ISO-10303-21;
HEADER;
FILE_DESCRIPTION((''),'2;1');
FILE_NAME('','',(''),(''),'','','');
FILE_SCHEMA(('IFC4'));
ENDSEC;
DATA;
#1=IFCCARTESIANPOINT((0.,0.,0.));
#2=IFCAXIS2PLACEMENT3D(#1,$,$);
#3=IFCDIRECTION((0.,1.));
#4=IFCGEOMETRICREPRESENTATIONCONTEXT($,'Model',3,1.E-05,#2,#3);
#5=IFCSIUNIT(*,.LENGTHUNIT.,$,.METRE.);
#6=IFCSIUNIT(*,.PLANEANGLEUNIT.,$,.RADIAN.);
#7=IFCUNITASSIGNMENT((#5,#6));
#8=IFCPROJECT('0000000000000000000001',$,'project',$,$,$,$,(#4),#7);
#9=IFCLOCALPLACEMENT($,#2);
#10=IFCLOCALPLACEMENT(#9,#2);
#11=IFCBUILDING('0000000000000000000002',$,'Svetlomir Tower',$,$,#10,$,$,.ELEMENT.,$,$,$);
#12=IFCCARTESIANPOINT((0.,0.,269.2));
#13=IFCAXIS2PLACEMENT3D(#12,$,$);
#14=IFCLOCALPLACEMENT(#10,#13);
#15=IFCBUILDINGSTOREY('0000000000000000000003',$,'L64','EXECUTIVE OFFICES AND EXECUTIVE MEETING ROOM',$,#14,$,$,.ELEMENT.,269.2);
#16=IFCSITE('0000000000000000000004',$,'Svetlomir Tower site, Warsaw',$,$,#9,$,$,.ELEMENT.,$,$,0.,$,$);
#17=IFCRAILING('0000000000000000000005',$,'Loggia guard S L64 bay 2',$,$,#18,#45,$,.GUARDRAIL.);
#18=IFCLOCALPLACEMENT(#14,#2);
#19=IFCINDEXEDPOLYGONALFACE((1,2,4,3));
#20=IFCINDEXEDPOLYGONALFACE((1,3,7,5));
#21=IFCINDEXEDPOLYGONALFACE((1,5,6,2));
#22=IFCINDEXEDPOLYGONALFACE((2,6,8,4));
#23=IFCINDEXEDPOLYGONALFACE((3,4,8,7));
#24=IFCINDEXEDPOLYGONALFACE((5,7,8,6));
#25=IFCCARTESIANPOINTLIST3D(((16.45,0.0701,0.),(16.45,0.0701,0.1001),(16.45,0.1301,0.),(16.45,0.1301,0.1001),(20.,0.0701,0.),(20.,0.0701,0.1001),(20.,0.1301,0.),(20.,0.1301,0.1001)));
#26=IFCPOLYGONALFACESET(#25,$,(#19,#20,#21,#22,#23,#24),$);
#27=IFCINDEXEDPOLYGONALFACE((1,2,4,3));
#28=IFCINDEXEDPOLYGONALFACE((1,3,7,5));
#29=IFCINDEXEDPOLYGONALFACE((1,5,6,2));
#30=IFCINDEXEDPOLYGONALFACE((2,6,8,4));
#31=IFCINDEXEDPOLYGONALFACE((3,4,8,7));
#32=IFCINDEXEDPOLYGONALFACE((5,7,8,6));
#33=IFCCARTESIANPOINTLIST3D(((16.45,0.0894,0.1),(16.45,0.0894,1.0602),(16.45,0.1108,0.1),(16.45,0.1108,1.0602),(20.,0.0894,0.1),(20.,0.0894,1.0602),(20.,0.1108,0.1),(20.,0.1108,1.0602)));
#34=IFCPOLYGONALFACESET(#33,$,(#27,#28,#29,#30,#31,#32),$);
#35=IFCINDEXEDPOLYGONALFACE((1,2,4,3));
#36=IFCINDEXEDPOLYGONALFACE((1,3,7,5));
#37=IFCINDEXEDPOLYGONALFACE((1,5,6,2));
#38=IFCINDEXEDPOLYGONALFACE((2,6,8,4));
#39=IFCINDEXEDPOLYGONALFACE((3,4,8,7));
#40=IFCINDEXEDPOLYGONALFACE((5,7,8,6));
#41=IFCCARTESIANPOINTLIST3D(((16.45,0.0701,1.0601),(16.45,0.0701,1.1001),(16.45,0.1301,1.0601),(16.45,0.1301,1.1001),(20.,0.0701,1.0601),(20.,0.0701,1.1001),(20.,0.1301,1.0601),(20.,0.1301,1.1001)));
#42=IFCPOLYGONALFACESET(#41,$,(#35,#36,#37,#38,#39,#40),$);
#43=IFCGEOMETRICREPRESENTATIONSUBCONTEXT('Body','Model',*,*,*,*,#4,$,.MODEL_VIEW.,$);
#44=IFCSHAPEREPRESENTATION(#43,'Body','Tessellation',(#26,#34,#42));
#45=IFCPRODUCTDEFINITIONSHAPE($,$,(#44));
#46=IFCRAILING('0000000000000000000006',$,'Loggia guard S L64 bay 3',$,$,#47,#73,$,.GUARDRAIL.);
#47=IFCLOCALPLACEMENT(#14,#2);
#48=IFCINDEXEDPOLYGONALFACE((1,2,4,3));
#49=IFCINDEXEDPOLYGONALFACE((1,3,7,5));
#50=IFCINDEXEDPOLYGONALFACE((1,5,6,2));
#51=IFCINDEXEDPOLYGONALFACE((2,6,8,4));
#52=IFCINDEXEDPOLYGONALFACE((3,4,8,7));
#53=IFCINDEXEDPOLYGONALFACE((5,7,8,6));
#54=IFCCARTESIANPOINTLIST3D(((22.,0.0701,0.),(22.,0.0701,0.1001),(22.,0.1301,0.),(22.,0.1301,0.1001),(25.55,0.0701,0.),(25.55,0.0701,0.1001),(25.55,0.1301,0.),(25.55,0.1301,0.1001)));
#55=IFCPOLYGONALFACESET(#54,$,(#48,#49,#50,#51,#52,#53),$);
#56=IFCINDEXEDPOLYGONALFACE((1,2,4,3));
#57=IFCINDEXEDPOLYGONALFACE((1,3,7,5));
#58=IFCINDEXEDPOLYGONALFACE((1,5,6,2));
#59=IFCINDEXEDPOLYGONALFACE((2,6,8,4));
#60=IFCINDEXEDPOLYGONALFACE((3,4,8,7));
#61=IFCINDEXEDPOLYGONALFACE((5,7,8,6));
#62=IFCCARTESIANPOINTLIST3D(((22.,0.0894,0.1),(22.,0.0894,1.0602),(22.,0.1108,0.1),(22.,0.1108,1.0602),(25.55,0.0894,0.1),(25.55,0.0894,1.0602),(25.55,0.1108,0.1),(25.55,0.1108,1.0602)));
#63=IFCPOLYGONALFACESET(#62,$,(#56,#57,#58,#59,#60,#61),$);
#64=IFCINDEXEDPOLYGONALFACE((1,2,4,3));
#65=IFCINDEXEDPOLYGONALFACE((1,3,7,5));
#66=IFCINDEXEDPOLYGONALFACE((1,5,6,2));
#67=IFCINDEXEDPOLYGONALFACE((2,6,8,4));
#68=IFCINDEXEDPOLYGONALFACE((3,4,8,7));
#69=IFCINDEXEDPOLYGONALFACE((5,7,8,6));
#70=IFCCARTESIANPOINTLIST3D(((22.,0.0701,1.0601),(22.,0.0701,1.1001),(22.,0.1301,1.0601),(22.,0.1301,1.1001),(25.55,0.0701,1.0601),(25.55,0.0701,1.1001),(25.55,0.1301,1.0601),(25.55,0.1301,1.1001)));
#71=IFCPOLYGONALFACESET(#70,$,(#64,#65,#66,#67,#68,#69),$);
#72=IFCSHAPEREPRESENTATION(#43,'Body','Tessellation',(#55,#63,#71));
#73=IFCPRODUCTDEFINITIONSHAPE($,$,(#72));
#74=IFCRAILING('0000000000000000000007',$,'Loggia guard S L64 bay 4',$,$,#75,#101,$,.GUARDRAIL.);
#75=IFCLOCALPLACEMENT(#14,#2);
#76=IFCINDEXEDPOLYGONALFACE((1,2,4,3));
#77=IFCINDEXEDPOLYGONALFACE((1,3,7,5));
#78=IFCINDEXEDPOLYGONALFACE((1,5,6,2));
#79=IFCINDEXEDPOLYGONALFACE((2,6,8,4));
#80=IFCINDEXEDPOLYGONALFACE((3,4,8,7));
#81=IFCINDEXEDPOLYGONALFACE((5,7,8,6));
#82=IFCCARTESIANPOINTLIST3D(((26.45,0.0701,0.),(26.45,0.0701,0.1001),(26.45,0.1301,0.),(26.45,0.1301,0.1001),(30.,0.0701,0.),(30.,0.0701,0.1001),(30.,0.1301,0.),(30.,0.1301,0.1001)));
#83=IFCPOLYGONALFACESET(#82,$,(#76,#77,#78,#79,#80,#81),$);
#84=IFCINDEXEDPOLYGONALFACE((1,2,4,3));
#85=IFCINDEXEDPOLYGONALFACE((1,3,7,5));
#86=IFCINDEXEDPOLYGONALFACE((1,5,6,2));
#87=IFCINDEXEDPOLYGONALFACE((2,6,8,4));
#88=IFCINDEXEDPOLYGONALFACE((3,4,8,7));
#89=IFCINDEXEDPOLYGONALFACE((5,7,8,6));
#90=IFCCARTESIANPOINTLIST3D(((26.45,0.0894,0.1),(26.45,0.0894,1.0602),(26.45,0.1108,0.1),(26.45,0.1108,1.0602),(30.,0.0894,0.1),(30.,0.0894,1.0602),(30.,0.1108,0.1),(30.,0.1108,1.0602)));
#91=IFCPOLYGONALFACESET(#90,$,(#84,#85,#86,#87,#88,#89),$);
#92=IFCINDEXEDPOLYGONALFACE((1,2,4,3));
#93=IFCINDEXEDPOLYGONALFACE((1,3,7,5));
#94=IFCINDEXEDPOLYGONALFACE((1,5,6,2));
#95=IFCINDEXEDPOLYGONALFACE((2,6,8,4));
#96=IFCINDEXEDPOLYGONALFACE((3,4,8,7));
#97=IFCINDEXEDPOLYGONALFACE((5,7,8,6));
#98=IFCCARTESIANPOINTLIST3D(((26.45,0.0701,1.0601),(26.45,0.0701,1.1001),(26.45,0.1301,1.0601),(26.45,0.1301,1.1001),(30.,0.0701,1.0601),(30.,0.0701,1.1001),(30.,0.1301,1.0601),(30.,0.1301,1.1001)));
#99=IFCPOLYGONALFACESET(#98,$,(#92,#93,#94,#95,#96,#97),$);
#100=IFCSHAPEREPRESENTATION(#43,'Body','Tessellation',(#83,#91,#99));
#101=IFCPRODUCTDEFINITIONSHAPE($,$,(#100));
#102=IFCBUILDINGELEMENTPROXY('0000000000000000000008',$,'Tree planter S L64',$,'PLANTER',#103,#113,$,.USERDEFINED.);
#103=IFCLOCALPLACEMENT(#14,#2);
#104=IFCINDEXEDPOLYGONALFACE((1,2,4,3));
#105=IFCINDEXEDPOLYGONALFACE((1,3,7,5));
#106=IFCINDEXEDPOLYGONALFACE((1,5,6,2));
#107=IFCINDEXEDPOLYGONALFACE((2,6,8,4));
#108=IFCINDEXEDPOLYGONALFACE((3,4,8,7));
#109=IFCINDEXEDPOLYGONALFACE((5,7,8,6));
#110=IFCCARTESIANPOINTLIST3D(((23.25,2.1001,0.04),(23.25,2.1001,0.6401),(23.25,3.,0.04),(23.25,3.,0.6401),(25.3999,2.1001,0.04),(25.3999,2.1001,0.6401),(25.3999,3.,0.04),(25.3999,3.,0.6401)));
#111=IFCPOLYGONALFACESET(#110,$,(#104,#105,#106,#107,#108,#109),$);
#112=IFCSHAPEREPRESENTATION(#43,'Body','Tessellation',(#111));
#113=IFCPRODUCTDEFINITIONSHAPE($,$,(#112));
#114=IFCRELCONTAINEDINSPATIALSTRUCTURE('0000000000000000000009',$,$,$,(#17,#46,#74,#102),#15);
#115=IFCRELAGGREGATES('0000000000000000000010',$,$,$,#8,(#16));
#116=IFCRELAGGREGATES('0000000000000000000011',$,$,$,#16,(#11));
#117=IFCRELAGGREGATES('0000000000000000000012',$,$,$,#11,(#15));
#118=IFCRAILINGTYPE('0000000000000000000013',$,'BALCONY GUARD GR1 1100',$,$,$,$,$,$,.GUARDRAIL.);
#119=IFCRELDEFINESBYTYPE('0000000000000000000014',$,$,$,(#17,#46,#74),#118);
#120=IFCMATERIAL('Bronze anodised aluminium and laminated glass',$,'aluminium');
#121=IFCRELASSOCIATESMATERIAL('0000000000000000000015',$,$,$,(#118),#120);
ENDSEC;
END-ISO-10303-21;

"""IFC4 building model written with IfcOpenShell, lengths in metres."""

from ifc_helpers import new_model, si_unit, direction, frame, origin, origin_2d, place, context, subcontext, project, spatial, rectangle, extrude, material, type_object, element, save


model = new_model("IFC4")

# Units and contexts
model_context = context("Model", 3, precision=1e-05, world=origin(), true_north=direction((0.0, 1.0)))
body_context = subcontext(model_context, "Body", "Model", "MODEL_VIEW")
ifc_project = project(units=[si_unit("LENGTHUNIT", "METRE"), si_unit("PLANEANGLEUNIT", "RADIAN")], contexts=[model_context])

# Site, building, storey
site_placement = place(None, origin())
site = spatial("IfcSite", under=ifc_project, at=site_placement, Name="Svetlomir Tower site, Warsaw", CompositionType="ELEMENT", RefElevation=0.0)
building_placement = place(site_placement, origin())
building = spatial("IfcBuilding", under=site, at=building_placement, Name="Svetlomir Tower", CompositionType="ELEMENT")
storey_placement = place(building_placement, frame((0.0, 0.0, 269.2)))
storey = spatial("IfcBuildingStorey", under=building, at=storey_placement, Name="L64", Description="EXECUTIVE OFFICES AND EXECUTIVE MEETING ROOM", CompositionType="ELEMENT", Elevation=269.2)

# Railings
ifc_material_1 = material(Name="Bronze anodised aluminium and laminated glass", Category="aluminium")
railing_type = type_object("IfcRailingType", Name="BALCONY GUARD GR1 1100", PredefinedType="GUARDRAIL", material=ifc_material_1)
for number, where, name in (
    (1, (16.45, 0.1001, 0.0), "Loggia guard S L64 bay 2"),
    (2, (22.0, 0.1001, 0.0), "Loggia guard S L64 bay 3"),
    (3, (26.45, 0.1001, 0.0), "Loggia guard S L64 bay 4"),
):
    element("IfcRailing", number, at=place(storey_placement, frame(where)), inside=storey, type_object=railing_type, Name=name, PredefinedType="GUARDRAIL", context=body_context, shape_type="SweptSolid", body=[
        extrude(rectangle(XDim=0.0601, YDim=0.1001, at=origin_2d()), frame((0.0, 0.0, 0.05), z_axis=(1.0, 0.0, 0.0), x_axis=(0.0, 1.0, 0.0)), (0.0, 0.0, 1.0), 3.55),
        extrude(rectangle(XDim=0.0215, YDim=0.9602, at=origin_2d()), frame((0.0, 0.0, 0.5801), z_axis=(1.0, 0.0, 0.0), x_axis=(0.0, 1.0, 0.0)), (0.0, 0.0, 1.0), 3.55),
        extrude(rectangle(XDim=0.0601, YDim=0.04, at=origin_2d()), frame((0.0, 0.0, 1.0801), z_axis=(1.0, 0.0, 0.0), x_axis=(0.0, 1.0, 0.0)), (0.0, 0.0, 1.0), 3.55),
    ])

# Building element proxy
proxy_placement = place(storey_placement, frame((24.325, 2.55, 0.04), z_axis=(0.0, 0.0, 1.0), x_axis=(1.0, 0.0, 0.0)))
element("IfcBuildingElementProxy", 4, at=proxy_placement, inside=storey, Name="Tree planter S L64", ObjectType="PLANTER", PredefinedType="USERDEFINED", context=body_context, shape_type="SweptSolid", body=[
    extrude(rectangle(XDim=2.1499, YDim=0.8999, at=origin_2d()), origin(), (0.0, 0.0, 1.0), 0.6001),
])

save(model, "model.ifc")
